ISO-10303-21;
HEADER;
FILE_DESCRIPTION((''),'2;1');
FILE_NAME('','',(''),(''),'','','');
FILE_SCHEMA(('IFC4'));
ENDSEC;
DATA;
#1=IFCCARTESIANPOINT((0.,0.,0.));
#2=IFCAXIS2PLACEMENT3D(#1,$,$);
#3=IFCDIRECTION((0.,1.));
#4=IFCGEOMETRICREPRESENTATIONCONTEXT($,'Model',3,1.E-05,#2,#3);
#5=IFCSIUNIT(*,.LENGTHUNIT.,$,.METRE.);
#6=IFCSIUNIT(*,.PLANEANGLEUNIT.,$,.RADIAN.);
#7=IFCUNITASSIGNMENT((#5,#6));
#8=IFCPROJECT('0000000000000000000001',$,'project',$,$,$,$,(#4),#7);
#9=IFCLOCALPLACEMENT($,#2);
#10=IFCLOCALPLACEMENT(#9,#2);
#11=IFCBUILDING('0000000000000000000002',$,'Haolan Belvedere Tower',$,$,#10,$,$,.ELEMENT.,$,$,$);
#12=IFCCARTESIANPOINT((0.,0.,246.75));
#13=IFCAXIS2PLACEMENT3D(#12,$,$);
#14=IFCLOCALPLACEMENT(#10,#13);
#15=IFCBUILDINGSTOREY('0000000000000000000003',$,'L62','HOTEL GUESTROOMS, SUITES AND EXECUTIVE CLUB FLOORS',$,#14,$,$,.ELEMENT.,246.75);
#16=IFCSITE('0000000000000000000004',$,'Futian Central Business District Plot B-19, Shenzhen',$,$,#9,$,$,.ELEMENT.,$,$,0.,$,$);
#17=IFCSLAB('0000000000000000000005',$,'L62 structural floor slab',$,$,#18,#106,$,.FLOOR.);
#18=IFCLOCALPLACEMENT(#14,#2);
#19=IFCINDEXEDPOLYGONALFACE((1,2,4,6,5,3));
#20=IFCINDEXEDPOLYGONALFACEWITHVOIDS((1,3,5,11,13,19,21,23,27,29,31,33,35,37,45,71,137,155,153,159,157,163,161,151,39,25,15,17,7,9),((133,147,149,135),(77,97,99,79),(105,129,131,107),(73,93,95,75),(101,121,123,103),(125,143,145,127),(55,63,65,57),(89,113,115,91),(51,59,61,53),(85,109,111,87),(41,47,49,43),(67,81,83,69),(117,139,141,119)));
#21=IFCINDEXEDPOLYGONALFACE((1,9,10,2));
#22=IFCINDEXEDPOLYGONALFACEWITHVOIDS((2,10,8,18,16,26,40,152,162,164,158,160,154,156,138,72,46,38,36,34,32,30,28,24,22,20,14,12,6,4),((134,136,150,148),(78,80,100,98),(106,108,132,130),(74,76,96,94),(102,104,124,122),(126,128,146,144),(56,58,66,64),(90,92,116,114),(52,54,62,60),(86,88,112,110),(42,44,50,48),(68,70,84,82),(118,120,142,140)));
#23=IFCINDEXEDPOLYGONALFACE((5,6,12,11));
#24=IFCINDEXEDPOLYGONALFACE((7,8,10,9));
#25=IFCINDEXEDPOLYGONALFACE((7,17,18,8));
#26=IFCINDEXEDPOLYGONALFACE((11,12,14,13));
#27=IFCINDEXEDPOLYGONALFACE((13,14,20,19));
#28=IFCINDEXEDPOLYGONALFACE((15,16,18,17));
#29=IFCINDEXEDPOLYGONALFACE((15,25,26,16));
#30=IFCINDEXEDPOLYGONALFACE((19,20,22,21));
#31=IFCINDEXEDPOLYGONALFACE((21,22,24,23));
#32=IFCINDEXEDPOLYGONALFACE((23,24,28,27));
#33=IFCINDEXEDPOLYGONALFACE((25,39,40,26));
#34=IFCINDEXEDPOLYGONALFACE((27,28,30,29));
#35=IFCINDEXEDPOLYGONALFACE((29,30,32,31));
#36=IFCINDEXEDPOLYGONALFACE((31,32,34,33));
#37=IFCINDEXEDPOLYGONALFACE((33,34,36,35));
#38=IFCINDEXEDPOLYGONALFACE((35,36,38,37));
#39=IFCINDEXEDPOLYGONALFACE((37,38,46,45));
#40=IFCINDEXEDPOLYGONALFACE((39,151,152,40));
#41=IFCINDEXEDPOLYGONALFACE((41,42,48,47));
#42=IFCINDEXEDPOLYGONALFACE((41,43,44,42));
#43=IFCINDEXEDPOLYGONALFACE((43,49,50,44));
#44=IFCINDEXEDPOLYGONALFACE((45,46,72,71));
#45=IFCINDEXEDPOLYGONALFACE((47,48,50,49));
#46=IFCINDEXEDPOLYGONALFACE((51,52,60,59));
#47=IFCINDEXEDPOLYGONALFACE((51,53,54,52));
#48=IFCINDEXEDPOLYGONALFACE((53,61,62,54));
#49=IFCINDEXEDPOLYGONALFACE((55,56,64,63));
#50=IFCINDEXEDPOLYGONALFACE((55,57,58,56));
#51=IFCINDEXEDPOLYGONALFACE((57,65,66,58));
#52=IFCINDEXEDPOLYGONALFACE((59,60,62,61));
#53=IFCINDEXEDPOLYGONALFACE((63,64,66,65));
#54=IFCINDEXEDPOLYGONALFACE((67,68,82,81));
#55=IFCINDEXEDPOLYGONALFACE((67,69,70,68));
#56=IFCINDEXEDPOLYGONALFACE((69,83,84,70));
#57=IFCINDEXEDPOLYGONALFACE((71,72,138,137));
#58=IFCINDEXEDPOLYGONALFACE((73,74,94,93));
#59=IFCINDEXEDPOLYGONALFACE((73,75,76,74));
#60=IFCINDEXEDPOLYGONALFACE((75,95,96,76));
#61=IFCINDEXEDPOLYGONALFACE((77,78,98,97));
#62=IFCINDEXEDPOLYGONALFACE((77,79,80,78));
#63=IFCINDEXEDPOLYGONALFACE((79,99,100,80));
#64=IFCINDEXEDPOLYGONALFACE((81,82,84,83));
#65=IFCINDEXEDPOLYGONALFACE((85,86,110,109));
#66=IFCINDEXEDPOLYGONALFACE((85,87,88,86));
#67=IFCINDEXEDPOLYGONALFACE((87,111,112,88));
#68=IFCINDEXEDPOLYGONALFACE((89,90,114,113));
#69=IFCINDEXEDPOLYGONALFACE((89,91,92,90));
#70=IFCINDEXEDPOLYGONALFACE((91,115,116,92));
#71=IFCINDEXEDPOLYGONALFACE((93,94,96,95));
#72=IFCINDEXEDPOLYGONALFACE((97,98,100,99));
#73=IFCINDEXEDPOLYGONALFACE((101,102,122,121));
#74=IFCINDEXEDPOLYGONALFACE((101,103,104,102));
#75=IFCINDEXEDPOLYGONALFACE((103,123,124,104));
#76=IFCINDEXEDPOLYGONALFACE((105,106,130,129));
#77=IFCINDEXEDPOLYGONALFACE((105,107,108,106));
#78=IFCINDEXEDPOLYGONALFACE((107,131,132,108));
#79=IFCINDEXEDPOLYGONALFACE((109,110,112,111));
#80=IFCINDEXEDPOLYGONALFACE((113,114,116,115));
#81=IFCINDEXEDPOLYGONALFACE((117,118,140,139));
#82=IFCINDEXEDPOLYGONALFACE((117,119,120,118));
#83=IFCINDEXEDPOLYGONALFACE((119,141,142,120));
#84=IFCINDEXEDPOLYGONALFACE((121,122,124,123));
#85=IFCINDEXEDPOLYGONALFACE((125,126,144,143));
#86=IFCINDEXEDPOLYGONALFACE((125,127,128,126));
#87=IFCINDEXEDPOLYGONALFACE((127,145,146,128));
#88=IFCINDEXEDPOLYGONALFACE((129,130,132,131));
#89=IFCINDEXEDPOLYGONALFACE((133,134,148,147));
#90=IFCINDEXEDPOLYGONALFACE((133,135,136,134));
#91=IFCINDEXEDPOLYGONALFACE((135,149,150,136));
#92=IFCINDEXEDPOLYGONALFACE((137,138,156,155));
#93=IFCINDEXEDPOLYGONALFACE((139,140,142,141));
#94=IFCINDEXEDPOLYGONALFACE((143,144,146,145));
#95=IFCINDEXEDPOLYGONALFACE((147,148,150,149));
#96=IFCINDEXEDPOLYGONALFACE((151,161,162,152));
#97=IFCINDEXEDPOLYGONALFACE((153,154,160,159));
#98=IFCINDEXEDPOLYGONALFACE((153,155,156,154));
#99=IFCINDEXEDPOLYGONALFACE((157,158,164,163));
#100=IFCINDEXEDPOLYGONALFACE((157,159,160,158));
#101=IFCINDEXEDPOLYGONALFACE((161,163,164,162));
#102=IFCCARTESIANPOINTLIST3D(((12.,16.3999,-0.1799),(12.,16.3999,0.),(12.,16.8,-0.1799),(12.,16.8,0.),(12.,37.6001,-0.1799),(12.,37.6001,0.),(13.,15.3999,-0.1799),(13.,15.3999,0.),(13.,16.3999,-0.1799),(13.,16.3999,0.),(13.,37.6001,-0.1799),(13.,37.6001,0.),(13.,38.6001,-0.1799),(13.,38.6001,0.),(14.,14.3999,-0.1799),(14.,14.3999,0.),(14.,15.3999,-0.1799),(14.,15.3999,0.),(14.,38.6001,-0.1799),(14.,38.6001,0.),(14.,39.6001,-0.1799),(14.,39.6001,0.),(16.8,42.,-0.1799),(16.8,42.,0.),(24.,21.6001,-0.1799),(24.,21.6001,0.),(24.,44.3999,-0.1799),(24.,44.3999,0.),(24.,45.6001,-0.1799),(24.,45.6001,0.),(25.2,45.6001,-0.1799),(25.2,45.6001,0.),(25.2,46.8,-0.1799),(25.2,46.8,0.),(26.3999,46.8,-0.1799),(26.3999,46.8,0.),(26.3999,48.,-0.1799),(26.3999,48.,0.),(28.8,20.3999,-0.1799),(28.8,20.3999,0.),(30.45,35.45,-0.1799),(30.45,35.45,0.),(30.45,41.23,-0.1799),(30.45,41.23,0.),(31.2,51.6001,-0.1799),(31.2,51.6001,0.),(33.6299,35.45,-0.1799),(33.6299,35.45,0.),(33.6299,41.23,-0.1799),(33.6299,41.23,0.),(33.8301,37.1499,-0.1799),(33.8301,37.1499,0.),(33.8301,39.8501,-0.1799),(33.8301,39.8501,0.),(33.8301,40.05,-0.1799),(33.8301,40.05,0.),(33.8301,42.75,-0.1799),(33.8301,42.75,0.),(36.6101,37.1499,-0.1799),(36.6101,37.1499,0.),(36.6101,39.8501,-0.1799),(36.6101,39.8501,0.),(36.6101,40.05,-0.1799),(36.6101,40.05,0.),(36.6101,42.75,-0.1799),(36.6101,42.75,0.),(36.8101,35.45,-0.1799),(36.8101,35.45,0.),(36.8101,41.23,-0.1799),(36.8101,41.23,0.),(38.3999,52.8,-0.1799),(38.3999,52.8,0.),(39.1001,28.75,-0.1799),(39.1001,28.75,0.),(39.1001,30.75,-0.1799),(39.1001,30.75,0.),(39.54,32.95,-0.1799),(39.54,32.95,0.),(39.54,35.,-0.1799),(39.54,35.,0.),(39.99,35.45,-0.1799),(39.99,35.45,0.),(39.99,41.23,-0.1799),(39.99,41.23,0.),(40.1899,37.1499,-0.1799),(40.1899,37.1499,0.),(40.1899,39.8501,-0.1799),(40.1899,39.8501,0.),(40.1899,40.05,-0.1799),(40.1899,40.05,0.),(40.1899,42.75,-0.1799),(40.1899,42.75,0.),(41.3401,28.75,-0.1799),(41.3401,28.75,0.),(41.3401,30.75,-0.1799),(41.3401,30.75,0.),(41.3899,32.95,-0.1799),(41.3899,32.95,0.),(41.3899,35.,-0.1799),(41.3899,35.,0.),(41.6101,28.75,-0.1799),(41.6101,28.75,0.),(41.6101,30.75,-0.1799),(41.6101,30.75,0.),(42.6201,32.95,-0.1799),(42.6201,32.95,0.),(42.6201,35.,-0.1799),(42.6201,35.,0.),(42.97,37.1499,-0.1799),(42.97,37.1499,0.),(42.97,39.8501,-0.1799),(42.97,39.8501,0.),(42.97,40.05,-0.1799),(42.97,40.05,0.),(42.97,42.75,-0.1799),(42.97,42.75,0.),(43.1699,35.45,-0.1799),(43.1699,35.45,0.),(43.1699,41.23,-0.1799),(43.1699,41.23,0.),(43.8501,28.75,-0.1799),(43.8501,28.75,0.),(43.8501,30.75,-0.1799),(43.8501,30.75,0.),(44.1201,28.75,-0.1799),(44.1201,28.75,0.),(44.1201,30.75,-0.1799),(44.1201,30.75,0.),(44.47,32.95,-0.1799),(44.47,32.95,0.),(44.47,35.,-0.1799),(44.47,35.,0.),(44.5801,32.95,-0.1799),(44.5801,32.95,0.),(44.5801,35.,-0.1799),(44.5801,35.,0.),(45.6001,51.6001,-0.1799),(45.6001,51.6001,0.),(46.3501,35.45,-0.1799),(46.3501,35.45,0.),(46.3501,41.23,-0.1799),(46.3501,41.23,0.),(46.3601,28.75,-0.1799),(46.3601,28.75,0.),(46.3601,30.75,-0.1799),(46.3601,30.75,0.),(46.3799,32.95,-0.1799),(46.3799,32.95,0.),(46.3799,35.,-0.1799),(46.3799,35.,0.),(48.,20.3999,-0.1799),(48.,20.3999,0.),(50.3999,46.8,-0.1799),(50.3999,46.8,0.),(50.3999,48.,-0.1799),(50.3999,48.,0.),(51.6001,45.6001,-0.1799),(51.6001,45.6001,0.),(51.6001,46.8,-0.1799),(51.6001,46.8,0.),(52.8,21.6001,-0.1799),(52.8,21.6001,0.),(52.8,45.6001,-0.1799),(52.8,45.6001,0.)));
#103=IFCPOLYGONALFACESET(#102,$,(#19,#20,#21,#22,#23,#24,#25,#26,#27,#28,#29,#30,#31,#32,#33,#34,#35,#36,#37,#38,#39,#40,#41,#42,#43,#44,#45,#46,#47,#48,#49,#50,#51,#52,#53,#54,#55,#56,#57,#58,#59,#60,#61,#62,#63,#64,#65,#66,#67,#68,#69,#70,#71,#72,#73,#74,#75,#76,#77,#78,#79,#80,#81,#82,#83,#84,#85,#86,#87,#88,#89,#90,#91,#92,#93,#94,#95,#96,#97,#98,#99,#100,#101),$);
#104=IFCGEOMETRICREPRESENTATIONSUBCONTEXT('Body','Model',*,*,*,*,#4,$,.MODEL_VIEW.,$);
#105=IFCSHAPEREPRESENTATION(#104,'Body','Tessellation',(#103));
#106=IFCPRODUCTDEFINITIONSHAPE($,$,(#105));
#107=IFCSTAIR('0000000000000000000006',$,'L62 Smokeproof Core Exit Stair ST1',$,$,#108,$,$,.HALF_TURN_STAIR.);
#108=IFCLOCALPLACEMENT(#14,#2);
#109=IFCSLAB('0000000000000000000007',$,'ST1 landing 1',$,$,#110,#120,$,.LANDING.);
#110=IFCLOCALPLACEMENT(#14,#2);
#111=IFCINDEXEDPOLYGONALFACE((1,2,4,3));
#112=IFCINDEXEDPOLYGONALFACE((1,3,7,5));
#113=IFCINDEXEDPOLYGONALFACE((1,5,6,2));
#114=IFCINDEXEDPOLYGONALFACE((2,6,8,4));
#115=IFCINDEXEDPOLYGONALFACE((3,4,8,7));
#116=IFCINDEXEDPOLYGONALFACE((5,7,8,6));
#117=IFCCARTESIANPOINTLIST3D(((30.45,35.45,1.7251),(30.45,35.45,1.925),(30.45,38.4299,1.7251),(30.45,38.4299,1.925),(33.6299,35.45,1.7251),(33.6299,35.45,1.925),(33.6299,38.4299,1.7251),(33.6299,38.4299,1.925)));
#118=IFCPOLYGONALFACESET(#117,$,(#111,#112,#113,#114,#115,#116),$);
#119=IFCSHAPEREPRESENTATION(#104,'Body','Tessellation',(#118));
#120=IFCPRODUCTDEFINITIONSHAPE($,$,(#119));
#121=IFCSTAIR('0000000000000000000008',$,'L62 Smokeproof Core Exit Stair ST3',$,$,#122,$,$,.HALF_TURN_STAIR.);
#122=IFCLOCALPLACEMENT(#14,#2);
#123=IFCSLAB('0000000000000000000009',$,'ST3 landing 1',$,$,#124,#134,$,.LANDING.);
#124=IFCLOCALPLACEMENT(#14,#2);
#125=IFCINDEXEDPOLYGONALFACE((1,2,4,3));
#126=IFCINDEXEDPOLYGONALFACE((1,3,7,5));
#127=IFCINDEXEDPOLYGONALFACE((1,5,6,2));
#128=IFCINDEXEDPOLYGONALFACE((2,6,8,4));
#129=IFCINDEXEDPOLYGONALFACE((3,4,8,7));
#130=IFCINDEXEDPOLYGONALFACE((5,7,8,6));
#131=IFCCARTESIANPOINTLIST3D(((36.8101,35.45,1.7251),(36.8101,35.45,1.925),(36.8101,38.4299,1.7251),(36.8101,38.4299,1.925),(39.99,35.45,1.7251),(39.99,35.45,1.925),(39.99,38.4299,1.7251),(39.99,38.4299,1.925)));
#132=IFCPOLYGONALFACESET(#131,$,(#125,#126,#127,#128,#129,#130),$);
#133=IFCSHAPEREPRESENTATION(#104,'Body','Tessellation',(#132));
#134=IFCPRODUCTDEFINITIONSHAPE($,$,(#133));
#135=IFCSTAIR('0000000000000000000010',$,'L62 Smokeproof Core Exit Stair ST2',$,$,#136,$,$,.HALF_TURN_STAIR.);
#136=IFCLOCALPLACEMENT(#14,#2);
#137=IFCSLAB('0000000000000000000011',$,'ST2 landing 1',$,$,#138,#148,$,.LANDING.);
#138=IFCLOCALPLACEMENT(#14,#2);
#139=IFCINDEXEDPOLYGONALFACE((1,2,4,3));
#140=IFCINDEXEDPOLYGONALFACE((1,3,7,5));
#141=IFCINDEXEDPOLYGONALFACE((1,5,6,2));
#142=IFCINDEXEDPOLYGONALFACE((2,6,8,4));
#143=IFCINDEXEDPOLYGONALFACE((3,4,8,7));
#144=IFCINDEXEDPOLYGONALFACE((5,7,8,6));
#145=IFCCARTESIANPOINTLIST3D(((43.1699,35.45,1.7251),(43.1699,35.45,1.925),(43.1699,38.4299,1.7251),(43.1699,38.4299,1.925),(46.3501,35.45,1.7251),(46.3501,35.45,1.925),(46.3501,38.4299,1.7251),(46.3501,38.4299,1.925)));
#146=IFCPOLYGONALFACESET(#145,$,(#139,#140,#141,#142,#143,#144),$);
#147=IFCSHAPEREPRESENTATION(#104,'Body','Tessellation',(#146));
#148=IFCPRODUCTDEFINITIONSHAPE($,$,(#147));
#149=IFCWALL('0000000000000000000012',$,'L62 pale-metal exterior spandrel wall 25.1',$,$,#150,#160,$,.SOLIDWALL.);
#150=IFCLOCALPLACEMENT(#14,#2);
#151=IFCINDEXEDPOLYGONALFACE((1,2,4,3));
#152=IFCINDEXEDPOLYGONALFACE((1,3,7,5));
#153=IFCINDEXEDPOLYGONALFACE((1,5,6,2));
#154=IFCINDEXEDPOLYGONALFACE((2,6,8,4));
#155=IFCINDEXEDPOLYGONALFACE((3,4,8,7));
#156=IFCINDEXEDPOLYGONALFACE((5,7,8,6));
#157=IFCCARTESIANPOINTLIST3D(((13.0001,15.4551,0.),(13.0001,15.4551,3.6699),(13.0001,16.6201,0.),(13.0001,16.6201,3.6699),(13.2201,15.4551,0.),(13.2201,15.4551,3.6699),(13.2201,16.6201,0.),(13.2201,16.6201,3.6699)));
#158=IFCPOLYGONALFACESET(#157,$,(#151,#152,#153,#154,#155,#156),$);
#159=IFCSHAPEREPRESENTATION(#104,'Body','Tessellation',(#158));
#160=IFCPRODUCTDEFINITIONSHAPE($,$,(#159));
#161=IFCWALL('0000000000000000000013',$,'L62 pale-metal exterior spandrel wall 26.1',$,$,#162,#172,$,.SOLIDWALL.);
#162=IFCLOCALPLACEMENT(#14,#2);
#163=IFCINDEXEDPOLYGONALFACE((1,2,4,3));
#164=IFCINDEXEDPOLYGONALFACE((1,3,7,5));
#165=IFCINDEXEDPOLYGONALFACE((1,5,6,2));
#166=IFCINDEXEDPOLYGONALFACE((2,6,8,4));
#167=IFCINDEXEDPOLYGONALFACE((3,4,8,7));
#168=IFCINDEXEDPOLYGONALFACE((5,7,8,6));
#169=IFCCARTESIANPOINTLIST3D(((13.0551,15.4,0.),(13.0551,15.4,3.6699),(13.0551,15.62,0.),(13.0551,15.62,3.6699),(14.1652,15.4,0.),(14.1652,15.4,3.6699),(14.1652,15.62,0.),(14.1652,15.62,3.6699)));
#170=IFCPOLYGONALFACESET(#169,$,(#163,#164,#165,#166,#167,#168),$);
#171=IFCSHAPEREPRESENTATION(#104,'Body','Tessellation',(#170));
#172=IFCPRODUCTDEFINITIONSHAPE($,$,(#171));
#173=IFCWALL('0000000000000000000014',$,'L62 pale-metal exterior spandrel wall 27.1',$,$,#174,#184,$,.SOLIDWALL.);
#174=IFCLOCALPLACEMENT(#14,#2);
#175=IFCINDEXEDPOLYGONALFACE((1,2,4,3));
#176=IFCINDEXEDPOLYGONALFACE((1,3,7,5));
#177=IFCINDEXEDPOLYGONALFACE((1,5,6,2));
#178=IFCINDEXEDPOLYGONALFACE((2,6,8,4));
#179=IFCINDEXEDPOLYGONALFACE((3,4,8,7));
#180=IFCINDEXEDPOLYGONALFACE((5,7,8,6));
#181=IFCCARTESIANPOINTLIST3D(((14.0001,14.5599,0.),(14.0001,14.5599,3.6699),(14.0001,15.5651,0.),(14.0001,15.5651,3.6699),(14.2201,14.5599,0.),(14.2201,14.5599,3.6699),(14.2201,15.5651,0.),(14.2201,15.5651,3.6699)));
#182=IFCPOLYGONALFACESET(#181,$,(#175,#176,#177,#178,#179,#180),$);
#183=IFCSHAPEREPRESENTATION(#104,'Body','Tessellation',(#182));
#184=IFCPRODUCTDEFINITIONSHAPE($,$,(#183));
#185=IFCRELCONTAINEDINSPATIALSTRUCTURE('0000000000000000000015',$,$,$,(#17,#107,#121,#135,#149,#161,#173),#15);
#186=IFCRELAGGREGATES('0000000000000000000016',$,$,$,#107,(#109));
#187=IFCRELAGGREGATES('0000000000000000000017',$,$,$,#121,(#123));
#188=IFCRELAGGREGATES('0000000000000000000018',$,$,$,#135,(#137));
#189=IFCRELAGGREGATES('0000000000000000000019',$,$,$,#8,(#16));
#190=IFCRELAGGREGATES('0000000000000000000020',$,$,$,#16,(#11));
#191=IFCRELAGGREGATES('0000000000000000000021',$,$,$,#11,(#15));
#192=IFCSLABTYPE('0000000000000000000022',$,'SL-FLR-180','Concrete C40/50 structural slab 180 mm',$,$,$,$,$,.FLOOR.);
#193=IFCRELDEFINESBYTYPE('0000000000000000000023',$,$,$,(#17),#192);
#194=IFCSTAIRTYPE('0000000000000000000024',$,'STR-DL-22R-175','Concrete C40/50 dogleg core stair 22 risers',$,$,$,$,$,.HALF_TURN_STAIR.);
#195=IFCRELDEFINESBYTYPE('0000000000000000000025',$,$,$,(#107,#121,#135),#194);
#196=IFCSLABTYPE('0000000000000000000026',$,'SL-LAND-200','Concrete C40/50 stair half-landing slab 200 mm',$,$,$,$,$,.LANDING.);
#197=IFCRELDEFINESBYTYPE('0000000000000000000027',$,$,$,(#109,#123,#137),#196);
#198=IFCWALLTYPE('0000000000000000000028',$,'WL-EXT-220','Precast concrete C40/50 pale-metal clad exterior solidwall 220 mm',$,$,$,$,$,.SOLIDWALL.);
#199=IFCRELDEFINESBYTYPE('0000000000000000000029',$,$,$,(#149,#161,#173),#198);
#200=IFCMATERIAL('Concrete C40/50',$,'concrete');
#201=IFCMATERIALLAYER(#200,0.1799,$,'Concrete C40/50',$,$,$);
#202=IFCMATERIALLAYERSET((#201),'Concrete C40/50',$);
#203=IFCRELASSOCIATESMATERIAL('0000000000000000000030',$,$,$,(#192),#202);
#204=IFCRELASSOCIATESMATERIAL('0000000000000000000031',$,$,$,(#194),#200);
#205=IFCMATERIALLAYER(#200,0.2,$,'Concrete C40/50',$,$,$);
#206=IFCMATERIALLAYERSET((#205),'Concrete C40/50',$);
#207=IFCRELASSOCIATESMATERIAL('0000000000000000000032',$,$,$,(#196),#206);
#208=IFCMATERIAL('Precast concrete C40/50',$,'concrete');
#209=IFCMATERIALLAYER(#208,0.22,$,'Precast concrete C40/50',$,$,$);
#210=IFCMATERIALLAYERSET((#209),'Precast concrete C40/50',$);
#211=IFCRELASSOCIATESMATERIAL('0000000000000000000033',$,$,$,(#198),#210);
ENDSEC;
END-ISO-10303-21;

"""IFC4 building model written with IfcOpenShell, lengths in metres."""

from ifc_helpers import new_model, si_unit, direction, frame, frame_2d, origin, place, context, subcontext, project, spatial, polyline, rectangle, outline, extrude, material, layer, layer_set, type_object, element, aggregate, save


model = new_model("IFC4")

# Units and contexts
model_context = context("Model", 3, precision=1e-05, world=origin(), true_north=direction((0.0, 1.0)))
body_context = subcontext(model_context, "Body", "Model", "MODEL_VIEW")
ifc_project = project(units=[si_unit("LENGTHUNIT", "METRE"), si_unit("PLANEANGLEUNIT", "RADIAN")], contexts=[model_context])

# Site, building, storey
site_placement = place(None, origin())
site = spatial("IfcSite", under=ifc_project, at=site_placement, Name="Futian Central Business District Plot B-19, Shenzhen", CompositionType="ELEMENT", RefElevation=0.0)
building_placement = place(site_placement, origin())
building = spatial("IfcBuilding", under=site, at=building_placement, Name="Haolan Belvedere Tower", CompositionType="ELEMENT")
storey_placement = place(building_placement, frame((0.0, 0.0, 246.75)))
storey = spatial("IfcBuildingStorey", under=building, at=storey_placement, Name="L62", Description="HOTEL GUESTROOMS, SUITES AND EXECUTIVE CLUB FLOORS", CompositionType="ELEMENT", Elevation=246.75)

# Slab
ifc_material_1 = material(Name="Concrete C40/50", Category="concrete")
ifc_layer_1 = layer(ifc_material_1, 0.1799, Name="Concrete C40/50")
ifc_layer_set_1 = layer_set([ifc_layer_1], Name="Concrete C40/50")
slab_type_1 = type_object("IfcSlabType", Name="SL-FLR-180", Description="Concrete C40/50 structural slab 180 mm", PredefinedType="FLOOR", material=ifc_layer_set_1)
slab_1_placement = place(storey_placement, frame((0.0, 0.0, -0.1799)))
element("IfcSlab", 1, at=slab_1_placement, inside=storey, type_object=slab_type_1, Name="L62 structural floor slab", PredefinedType="FLOOR", context=body_context, shape_type="SweptSolid", body=[
    extrude(outline(polyline([(24.0, 21.6001), (28.8, 20.3999), (48.0, 20.3999), (52.8, 21.6001), (52.8, 45.6001), (51.6001, 45.6001), (51.6001, 46.8), (50.3999, 46.8), (50.3999, 48.0), (45.6001, 51.6001), (38.3999, 52.8), (31.2, 51.6001), (26.3999, 48.0), (26.3999, 46.8), (25.2, 46.8), (25.2, 45.6001), (24.0, 45.6001), (24.0, 44.3999), (16.8, 42.0), (14.0, 39.6001), (14.0, 38.6001), (13.0, 38.6001), (13.0, 37.6001), (12.0, 37.6001), (12.0, 16.8), (12.0, 16.3999), (13.0, 16.3999), (13.0, 15.3999), (14.0, 15.3999), (14.0, 14.3999), (24.0, 21.6001)]), holes=[polyline([(30.45, 41.23), (30.45, 35.45), (33.6299, 35.45), (33.6299, 41.23), (30.45, 41.23)]), polyline([(36.8101, 41.23), (36.8101, 35.45), (39.99, 35.45), (39.99, 41.23), (36.8101, 41.23)]), polyline([(43.1699, 41.23), (43.1699, 35.45), (46.3501, 35.45), (46.3501, 41.23), (43.1699, 41.23)]), polyline([(33.8301, 40.05), (36.6101, 40.05), (36.6101, 42.75), (33.8301, 42.75), (33.8301, 40.05)]), polyline([(33.8301, 37.1499), (36.6101, 37.1499), (36.6101, 39.8501), (33.8301, 39.8501), (33.8301, 37.1499)]), polyline([(40.1899, 40.05), (42.97, 40.05), (42.97, 42.75), (40.1899, 42.75), (40.1899, 40.05)]), polyline([(40.1899, 37.1499), (42.97, 37.1499), (42.97, 39.8501), (40.1899, 39.8501), (40.1899, 37.1499)]), polyline([(39.54, 32.95), (41.3899, 32.95), (41.3899, 35.0), (39.54, 35.0), (39.54, 32.95)]), polyline([(42.6201, 32.95), (44.47, 32.95), (44.47, 35.0), (42.6201, 35.0), (42.6201, 32.95)]), polyline([(44.5801, 32.95), (46.3799, 32.95), (46.3799, 35.0), (44.5801, 35.0), (44.5801, 32.95)]), polyline([(39.1001, 28.75), (41.3401, 28.75), (41.3401, 30.75), (39.1001, 30.75), (39.1001, 28.75)]), polyline([(41.6101, 28.75), (43.8501, 28.75), (43.8501, 30.75), (41.6101, 30.75), (41.6101, 28.75)]), polyline([(44.1201, 28.75), (46.3601, 28.75), (46.3601, 30.75), (44.1201, 30.75), (44.1201, 28.75)])]), origin(), (0.0, 0.0, 1.0), 0.1799),
])

# Stairs, slabs
stair_type = type_object("IfcStairType", Name="STR-DL-22R-175", Description="Concrete C40/50 dogleg core stair 22 risers", PredefinedType="HALF_TURN_STAIR", material=ifc_material_1)
stair_1_placement = place(storey_placement, origin())
stair_1 = element("IfcStair", 2, at=stair_1_placement, inside=storey, type_object=stair_type, Name="L62 Smokeproof Core Exit Stair ST1", PredefinedType="HALF_TURN_STAIR")
ifc_layer_2 = layer(ifc_material_1, 0.2, Name="Concrete C40/50")
ifc_layer_set_2 = layer_set([ifc_layer_2], Name="Concrete C40/50")
slab_type_2 = type_object("IfcSlabType", Name="SL-LAND-200", Description="Concrete C40/50 stair half-landing slab 200 mm", PredefinedType="LANDING", material=ifc_layer_set_2)
slab_2_placement = place(storey_placement, frame((0.0, 0.0, 1.7251)))
slab_2 = element("IfcSlab", 3, at=slab_2_placement, type_object=slab_type_2, Name="ST1 landing 1", PredefinedType="LANDING", context=body_context, shape_type="SweptSolid", body=[
    extrude(outline(polyline([(30.45, 38.4299), (30.45, 35.45), (33.6299, 35.45), (33.6299, 38.4299), (30.45, 38.4299)])), origin(), (0.0, 0.0, 1.0), 0.2),
])
aggregate(stair_1, [slab_2])
stair_2_placement = place(storey_placement, origin())
stair_2 = element("IfcStair", 4, at=stair_2_placement, inside=storey, type_object=stair_type, Name="L62 Smokeproof Core Exit Stair ST3", PredefinedType="HALF_TURN_STAIR")
slab_3_placement = place(storey_placement, frame((0.0, 0.0, 1.7251)))
slab_3 = element("IfcSlab", 5, at=slab_3_placement, type_object=slab_type_2, Name="ST3 landing 1", PredefinedType="LANDING", context=body_context, shape_type="SweptSolid", body=[
    extrude(outline(polyline([(36.8101, 38.4299), (36.8101, 35.45), (39.99, 35.45), (39.99, 38.4299), (36.8101, 38.4299)])), origin(), (0.0, 0.0, 1.0), 0.2),
])
aggregate(stair_2, [slab_3])
stair_3_placement = place(storey_placement, origin())
stair_3 = element("IfcStair", 6, at=stair_3_placement, inside=storey, type_object=stair_type, Name="L62 Smokeproof Core Exit Stair ST2", PredefinedType="HALF_TURN_STAIR")
slab_4_placement = place(storey_placement, frame((0.0, 0.0, 1.7251)))
slab_4 = element("IfcSlab", 7, at=slab_4_placement, type_object=slab_type_2, Name="ST2 landing 1", PredefinedType="LANDING", context=body_context, shape_type="SweptSolid", body=[
    extrude(outline(polyline([(43.1699, 38.4299), (43.1699, 35.45), (46.3501, 35.45), (46.3501, 38.4299), (43.1699, 38.4299)])), origin(), (0.0, 0.0, 1.0), 0.2),
])
aggregate(stair_3, [slab_4])

# Walls
ifc_material_2 = material(Name="Precast concrete C40/50", Category="concrete")
ifc_layer_3 = layer(ifc_material_2, 0.22, Name="Precast concrete C40/50")
ifc_layer_set_3 = layer_set([ifc_layer_3], Name="Precast concrete C40/50")
wall_type_1 = type_object("IfcWallType", Name="WL-EXT-220", Description="Precast concrete C40/50 pale-metal clad exterior solidwall 220 mm", PredefinedType="SOLIDWALL", material=ifc_layer_set_3)
wall_1_placement = place(storey_placement, frame((13.1101, 16.6201, 0.0), z_axis=(0.0, 0.0, 1.0), x_axis=(0.0, -1.0, 0.0)))
element("IfcWall", 8, at=wall_1_placement, inside=storey, type_object=wall_type_1, Name="L62 pale-metal exterior spandrel wall 25.1", PredefinedType="SOLIDWALL", context=body_context, shape_type="SweptSolid", body=[
    extrude(rectangle(XDim=1.165, YDim=0.22, at=frame_2d((0.5825, 0.0))), origin(), (0.0, 0.0, 1.0), 3.6699),
])
wall_2_placement = place(storey_placement, frame((13.0549, 15.51, 0.0), z_axis=(0.0, 0.0, 1.0), x_axis=(1.0, 0.0, 0.0)))
element("IfcWall", 9, at=wall_2_placement, inside=storey, type_object=wall_type_1, Name="L62 pale-metal exterior spandrel wall 26.1", PredefinedType="SOLIDWALL", context=body_context, shape_type="SweptSolid", body=[
    extrude(rectangle(XDim=1.1101, YDim=0.22, at=frame_2d((0.5552, 0.0))), origin(), (0.0, 0.0, 1.0), 3.6699),
])
wall_3_placement = place(storey_placement, frame((14.1101, 15.5649, 0.0), z_axis=(0.0, 0.0, 1.0), x_axis=(0.0, -1.0, 0.0)))
element("IfcWall", 10, at=wall_3_placement, inside=storey, type_object=wall_type_1, Name="L62 pale-metal exterior spandrel wall 27.1", PredefinedType="SOLIDWALL", context=body_context, shape_type="SweptSolid", body=[
    extrude(rectangle(XDim=1.0051, YDim=0.22, at=frame_2d((0.5024, 0.0))), origin(), (0.0, 0.0, 1.0), 3.6699),
])

save(model, "model.ifc")
